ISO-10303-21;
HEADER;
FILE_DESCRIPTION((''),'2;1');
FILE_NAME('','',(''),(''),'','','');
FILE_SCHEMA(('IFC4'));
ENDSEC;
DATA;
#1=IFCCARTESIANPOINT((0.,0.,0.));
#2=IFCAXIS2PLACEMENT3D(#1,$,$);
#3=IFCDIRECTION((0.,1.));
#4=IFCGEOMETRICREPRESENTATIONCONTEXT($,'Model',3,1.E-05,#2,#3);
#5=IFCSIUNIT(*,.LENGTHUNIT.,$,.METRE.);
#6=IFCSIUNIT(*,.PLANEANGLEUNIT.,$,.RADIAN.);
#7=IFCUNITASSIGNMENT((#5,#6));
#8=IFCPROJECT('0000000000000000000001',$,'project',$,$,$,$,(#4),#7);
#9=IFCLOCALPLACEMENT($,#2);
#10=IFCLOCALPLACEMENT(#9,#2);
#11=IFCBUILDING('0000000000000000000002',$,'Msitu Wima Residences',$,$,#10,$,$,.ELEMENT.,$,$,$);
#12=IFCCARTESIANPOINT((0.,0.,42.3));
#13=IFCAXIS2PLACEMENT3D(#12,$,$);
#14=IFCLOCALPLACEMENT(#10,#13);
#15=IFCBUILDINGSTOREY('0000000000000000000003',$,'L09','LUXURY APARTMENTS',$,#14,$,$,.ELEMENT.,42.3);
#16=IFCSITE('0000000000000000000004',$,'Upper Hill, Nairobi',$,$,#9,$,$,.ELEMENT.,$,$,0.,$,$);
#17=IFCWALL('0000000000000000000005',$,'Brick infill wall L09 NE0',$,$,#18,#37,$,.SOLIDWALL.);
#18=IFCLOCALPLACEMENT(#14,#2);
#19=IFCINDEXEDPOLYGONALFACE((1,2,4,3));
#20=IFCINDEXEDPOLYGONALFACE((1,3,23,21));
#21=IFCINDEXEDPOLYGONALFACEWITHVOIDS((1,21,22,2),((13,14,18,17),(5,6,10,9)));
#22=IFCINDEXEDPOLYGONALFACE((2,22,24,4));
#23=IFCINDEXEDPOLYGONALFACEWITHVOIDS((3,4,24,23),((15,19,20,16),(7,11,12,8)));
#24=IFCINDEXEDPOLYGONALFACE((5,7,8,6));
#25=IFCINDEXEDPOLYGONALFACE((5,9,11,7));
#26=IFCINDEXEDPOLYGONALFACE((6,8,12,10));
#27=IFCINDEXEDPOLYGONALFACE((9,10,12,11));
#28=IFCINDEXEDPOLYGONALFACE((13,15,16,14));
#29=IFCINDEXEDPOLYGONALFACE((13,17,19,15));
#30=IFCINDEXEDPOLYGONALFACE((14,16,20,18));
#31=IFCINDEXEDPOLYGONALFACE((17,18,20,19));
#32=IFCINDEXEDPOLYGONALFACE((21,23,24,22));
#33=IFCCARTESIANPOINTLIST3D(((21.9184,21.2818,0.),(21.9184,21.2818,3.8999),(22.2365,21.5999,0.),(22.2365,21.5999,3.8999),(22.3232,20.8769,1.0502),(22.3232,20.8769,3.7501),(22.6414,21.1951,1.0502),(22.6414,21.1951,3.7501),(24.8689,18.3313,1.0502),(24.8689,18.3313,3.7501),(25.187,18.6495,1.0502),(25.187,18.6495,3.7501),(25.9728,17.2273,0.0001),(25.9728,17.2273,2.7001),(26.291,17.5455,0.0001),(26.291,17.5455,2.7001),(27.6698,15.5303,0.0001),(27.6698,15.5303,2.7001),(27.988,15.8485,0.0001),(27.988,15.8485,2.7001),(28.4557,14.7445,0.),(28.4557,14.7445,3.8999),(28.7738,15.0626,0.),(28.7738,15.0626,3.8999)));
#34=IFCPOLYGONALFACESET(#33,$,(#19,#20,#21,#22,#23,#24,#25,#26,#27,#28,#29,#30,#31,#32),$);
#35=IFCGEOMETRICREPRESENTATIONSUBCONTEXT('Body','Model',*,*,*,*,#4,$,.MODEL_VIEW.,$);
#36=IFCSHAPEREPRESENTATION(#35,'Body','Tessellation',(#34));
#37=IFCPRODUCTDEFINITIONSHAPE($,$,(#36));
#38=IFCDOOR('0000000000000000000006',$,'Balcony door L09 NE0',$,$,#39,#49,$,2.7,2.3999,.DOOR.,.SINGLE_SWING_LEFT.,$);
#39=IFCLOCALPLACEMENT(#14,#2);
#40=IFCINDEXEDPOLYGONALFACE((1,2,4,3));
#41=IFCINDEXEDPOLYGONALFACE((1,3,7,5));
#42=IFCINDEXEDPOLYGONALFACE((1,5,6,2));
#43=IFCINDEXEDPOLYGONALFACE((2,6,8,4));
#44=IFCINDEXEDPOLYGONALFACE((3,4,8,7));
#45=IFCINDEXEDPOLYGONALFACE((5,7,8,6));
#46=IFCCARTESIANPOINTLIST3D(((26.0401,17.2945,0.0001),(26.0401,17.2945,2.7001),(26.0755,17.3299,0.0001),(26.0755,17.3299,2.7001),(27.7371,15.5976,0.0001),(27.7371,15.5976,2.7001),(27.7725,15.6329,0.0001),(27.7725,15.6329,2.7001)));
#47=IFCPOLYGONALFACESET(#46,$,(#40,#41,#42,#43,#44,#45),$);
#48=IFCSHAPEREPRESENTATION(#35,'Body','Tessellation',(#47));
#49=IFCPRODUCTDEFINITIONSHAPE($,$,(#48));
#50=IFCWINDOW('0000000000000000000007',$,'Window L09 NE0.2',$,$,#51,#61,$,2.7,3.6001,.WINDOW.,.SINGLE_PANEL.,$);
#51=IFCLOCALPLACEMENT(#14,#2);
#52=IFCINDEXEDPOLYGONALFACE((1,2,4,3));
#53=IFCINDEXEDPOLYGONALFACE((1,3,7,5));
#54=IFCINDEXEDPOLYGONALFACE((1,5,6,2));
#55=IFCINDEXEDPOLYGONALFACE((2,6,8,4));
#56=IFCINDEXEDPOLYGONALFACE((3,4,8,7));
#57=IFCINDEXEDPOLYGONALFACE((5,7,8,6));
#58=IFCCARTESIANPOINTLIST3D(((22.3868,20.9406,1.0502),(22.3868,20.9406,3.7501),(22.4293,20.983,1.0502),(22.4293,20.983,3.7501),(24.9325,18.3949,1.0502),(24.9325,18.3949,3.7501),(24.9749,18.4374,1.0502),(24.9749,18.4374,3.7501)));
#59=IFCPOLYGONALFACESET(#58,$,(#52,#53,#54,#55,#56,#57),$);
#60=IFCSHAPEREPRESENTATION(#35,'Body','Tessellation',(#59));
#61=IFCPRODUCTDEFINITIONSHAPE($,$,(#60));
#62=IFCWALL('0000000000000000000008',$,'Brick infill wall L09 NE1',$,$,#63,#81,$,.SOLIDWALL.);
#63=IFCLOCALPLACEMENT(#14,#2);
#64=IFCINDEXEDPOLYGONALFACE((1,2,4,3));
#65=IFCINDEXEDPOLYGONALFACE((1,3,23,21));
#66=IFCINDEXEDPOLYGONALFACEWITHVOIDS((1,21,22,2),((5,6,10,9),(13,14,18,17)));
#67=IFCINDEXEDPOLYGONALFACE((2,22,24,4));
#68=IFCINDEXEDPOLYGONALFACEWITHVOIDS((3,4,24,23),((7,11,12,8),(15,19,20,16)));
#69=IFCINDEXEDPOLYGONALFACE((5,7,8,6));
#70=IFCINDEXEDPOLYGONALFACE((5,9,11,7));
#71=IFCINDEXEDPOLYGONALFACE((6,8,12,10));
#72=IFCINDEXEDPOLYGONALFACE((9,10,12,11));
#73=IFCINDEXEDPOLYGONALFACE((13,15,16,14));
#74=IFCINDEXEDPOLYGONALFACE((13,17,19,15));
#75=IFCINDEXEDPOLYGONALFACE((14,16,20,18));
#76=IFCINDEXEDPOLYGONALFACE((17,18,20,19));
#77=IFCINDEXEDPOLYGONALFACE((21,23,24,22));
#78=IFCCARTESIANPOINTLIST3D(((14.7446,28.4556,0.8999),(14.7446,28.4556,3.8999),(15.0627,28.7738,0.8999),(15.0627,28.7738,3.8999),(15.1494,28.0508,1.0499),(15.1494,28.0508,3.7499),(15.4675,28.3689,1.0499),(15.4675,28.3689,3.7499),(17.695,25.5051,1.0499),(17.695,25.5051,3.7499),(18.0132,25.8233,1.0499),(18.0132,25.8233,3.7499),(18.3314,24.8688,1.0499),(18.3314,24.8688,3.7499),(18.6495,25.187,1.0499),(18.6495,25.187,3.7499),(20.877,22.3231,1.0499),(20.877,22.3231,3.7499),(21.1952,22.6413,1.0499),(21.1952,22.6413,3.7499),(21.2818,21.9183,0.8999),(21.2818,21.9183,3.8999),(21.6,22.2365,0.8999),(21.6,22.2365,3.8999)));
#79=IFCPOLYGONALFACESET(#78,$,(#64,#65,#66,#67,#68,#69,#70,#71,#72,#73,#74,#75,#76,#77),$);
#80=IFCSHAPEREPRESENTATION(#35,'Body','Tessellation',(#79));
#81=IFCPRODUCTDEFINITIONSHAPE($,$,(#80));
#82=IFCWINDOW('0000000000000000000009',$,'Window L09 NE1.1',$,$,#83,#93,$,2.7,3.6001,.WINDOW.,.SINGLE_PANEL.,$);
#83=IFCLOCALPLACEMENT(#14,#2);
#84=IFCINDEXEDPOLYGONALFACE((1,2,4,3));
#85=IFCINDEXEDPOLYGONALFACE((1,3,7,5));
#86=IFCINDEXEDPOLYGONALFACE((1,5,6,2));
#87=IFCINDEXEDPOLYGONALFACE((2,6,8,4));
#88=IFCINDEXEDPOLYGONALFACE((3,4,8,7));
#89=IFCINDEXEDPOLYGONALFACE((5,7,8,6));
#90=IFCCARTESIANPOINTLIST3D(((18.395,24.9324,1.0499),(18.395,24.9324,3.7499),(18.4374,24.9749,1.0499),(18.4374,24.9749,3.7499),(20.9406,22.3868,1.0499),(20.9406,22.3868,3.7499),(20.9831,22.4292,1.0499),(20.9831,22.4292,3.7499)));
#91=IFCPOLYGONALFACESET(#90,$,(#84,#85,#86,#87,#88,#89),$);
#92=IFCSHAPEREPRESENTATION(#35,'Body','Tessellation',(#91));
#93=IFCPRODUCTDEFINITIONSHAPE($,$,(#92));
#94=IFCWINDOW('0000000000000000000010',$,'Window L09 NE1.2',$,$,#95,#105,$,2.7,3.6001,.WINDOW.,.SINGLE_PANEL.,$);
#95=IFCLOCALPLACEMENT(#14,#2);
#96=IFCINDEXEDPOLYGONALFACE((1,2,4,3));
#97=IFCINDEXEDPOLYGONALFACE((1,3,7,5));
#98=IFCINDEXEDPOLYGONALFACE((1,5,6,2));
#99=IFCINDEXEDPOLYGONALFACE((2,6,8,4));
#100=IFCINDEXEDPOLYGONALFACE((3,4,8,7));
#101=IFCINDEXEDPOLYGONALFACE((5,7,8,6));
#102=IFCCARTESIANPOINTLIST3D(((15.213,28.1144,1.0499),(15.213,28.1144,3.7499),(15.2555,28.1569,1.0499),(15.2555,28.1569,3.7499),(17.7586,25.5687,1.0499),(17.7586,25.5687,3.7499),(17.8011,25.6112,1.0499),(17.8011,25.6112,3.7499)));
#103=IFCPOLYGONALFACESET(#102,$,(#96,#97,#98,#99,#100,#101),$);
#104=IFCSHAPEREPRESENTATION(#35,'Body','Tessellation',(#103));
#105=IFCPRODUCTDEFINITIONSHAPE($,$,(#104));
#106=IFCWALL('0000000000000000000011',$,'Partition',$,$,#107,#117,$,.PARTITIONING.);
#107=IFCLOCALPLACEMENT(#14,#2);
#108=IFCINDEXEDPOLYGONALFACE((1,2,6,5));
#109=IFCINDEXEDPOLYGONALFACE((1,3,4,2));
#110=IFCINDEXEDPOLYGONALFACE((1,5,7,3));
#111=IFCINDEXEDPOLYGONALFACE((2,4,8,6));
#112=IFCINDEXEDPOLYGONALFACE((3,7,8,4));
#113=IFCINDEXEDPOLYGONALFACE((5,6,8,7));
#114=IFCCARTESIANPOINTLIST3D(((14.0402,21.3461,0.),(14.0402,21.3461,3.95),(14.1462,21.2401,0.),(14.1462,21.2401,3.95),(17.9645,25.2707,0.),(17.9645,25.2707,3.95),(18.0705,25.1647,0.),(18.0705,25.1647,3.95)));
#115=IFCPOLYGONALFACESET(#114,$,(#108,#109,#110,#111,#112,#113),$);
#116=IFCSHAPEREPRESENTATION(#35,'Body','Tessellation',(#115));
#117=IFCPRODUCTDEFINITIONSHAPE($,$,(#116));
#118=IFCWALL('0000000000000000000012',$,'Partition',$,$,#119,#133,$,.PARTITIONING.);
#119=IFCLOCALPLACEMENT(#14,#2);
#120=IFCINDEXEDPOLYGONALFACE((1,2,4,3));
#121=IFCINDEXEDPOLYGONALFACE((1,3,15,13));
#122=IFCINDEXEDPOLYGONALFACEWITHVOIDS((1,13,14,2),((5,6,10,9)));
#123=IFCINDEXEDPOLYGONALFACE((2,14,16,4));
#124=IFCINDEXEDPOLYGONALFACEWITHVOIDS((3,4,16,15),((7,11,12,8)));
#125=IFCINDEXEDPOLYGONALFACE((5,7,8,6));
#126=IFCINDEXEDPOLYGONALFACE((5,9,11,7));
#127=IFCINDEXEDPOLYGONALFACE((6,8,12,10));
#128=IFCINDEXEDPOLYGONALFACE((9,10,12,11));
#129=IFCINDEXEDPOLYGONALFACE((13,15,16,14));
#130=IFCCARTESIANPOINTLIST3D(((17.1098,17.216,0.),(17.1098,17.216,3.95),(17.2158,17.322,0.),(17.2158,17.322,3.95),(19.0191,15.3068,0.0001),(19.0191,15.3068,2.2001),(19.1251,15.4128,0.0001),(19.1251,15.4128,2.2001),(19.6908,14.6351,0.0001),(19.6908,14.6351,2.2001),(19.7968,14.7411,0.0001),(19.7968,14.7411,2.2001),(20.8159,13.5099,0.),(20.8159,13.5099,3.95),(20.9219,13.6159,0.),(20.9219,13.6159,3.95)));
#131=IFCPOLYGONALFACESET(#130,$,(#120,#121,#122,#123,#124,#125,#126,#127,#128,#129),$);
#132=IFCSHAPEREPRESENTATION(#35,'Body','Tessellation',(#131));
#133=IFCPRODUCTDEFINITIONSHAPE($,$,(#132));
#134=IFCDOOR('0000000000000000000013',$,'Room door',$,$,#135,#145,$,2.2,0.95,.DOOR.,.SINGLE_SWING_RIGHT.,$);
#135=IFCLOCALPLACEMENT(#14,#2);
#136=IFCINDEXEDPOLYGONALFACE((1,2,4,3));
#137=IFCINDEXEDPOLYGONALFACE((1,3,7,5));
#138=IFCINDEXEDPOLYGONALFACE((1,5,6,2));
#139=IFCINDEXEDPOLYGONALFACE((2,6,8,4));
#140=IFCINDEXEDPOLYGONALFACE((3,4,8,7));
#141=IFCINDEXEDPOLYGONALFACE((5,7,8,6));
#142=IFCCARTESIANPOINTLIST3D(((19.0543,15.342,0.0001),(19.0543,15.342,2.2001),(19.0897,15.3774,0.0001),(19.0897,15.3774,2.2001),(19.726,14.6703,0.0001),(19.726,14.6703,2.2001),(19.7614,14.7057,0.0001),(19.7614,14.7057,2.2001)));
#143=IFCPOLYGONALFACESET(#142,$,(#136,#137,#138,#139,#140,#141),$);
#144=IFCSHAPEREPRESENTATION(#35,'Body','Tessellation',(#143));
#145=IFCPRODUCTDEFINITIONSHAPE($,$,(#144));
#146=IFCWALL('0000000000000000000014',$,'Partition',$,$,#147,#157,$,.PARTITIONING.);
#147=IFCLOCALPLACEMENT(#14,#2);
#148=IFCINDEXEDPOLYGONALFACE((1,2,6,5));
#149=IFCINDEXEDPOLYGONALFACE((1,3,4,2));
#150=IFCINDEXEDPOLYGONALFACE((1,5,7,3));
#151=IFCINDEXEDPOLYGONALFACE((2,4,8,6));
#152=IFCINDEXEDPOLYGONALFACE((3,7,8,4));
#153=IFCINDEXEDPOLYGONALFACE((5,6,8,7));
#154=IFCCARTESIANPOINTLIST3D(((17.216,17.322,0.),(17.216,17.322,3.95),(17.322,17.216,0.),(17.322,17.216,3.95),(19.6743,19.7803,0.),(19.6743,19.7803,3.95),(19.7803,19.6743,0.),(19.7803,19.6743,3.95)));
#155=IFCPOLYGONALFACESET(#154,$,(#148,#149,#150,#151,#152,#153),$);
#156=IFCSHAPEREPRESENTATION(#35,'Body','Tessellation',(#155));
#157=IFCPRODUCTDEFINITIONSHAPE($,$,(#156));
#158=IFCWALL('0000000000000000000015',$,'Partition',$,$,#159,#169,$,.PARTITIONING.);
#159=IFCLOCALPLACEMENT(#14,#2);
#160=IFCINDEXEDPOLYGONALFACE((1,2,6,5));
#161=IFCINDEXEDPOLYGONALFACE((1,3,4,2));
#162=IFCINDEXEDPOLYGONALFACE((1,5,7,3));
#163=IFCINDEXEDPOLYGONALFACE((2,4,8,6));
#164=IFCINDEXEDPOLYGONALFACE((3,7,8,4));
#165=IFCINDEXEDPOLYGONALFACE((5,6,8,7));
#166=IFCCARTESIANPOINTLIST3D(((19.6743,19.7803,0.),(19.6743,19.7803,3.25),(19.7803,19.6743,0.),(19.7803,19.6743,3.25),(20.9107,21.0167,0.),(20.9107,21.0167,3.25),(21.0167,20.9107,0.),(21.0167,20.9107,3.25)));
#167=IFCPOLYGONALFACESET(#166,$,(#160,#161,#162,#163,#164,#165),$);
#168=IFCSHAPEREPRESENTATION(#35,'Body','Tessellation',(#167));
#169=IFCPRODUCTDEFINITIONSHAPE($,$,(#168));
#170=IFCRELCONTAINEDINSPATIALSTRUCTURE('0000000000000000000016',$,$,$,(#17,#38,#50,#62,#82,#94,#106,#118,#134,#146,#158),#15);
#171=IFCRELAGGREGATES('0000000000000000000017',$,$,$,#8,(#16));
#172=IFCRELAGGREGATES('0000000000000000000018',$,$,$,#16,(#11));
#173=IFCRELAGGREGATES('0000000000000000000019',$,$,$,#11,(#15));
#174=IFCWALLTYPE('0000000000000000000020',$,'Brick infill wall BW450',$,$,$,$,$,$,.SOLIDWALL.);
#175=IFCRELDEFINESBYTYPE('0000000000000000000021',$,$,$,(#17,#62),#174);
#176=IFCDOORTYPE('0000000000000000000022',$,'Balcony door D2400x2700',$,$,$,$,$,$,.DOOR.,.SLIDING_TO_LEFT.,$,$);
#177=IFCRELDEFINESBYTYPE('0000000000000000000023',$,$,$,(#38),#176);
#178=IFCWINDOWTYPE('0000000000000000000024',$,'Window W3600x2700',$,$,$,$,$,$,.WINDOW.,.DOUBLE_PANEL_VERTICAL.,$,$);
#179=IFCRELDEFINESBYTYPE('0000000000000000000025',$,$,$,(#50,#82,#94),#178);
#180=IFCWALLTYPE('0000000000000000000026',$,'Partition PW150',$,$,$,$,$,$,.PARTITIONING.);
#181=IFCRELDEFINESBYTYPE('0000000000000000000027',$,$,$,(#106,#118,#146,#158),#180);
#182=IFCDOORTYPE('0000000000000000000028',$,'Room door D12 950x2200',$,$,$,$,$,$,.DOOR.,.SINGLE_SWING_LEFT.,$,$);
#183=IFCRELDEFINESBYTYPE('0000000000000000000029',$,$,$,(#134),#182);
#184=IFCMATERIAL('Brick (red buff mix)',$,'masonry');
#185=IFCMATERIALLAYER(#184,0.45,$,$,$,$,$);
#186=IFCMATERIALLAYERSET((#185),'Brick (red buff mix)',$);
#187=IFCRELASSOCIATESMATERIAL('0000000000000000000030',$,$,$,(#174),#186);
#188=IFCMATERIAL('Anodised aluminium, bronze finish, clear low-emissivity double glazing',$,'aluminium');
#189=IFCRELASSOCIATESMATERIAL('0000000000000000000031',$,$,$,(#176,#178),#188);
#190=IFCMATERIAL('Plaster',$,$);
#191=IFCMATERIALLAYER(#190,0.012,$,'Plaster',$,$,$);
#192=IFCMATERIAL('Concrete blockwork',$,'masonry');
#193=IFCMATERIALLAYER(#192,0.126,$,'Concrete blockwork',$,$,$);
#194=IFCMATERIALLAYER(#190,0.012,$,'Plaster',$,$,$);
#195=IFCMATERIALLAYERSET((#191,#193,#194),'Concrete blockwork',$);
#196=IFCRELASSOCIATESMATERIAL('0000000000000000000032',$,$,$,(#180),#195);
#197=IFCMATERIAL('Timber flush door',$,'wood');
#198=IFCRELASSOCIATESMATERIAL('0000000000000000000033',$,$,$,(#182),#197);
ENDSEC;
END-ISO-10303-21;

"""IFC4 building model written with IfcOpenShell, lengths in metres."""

from ifc_helpers import new_model, si_unit, direction, frame, frame_2d, origin, place, context, subcontext, project, spatial, rectangle, extrude, material, layer, layer_set, type_object, element, fill, save


model = new_model("IFC4")

# Units and contexts
model_context = context("Model", 3, precision=1e-05, world=origin(), true_north=direction((0.0, 1.0)))
body_context = subcontext(model_context, "Body", "Model", "MODEL_VIEW")
ifc_project = project(units=[si_unit("LENGTHUNIT", "METRE"), si_unit("PLANEANGLEUNIT", "RADIAN")], contexts=[model_context])

# Site, building, storey
site_placement = place(None, origin())
site = spatial("IfcSite", under=ifc_project, at=site_placement, Name="Upper Hill, Nairobi", CompositionType="ELEMENT", RefElevation=0.0)
building_placement = place(site_placement, origin())
building = spatial("IfcBuilding", under=site, at=building_placement, Name="Msitu Wima Residences", CompositionType="ELEMENT")
storey_placement = place(building_placement, frame((0.0, 0.0, 42.3)))
storey = spatial("IfcBuildingStorey", under=building, at=storey_placement, Name="L09", Description="LUXURY APARTMENTS", CompositionType="ELEMENT", Elevation=42.3)

# Wall, openings, door, window
ifc_material_1 = material(Name="Brick (red buff mix)", Category="masonry")
ifc_layer_1 = layer(ifc_material_1, 0.45)
ifc_layer_set_1 = layer_set([ifc_layer_1], Name="Brick (red buff mix)")
wall_type_1 = type_object("IfcWallType", Name="Brick infill wall BW450", PredefinedType="SOLIDWALL", material=ifc_layer_set_1)
wall_1_placement = place(storey_placement, frame((28.6147, 14.9036, 0.0), z_axis=(0.0, 0.0, 1.0), x_axis=(-0.707107, 0.707107, 0.0)))
wall_1 = element("IfcWall", 1, at=wall_1_placement, inside=storey, type_object=wall_type_1, Name="Brick infill wall L09 NE0", PredefinedType="SOLIDWALL", context=body_context, shape_type="SweptSolid", body=[
    extrude(rectangle(XDim=9.2451, YDim=0.45, at=frame_2d((4.6226, 0.0))), origin(), (0.0, 0.0, 1.0), 3.8999),
])
opening_1_placement = place(wall_1_placement, frame((1.1113, 0.0, 0.0)))
opening_1 = element("IfcOpeningElement", 2, at=opening_1_placement, cuts=wall_1, PredefinedType="OPENING", context=body_context, shape_type="SweptSolid", body=[
    extrude(rectangle(XDim=2.3999, YDim=2.7, at=frame_2d((1.2, 1.3501))), frame((0.0, 0.2349, 0.0), z_axis=(0.0, -1.0, 0.0), x_axis=(1.0, 0.0, 0.0)), (0.0, 0.0, 1.0), 0.47),
])
opening_2_placement = place(wall_1_placement, frame((5.0725, 0.0, 1.05)))
opening_2 = element("IfcOpeningElement", 3, at=opening_2_placement, cuts=wall_1, PredefinedType="OPENING", context=body_context, shape_type="SweptSolid", body=[
    extrude(rectangle(XDim=3.6001, YDim=2.7, at=frame_2d((1.8, 1.3501))), frame((0.0, 0.2349, 0.0), z_axis=(0.0, -1.0, 0.0), x_axis=(1.0, 0.0, 0.0)), (0.0, 0.0, 1.0), 0.47),
])
ifc_material_2 = material(Name="Anodised aluminium, bronze finish, clear low-emissivity double glazing", Category="aluminium")
door_type_1 = type_object("IfcDoorType", Name="Balcony door D2400x2700", OperationType="SLIDING_TO_LEFT", PredefinedType="DOOR", material=ifc_material_2)
door_1_placement = place(opening_1_placement, origin())
door_1 = element("IfcDoor", 4, at=door_1_placement, inside=storey, type_object=door_type_1, Name="Balcony door L09 NE0", OperationType="SINGLE_SWING_LEFT", OverallHeight=2.7, OverallWidth=2.3999, PredefinedType="DOOR", context=body_context, shape_type="SweptSolid", body=[
    extrude(rectangle(XDim=2.3999, YDim=2.7, at=frame_2d((1.2, 1.3501))), frame((0.0, 0.1299, 0.0), z_axis=(0.0, -1.0, 0.0), x_axis=(1.0, 0.0, 0.0)), (0.0, 0.0, 1.0), 0.05),
])
fill(opening_1, door_1)
window_type = type_object("IfcWindowType", Name="Window W3600x2700", PartitioningType="DOUBLE_PANEL_VERTICAL", PredefinedType="WINDOW", material=ifc_material_2)
window_1_placement = place(opening_2_placement, origin())
window_1 = element("IfcWindow", 5, at=window_1_placement, inside=storey, type_object=window_type, Name="Window L09 NE0.2", OverallHeight=2.7, OverallWidth=3.6001, PartitioningType="SINGLE_PANEL", PredefinedType="WINDOW", context=body_context, shape_type="SweptSolid", body=[
    extrude(rectangle(XDim=3.6001, YDim=2.7, at=frame_2d((1.8, 1.3501))), frame((0.0, 0.135, 0.0), z_axis=(0.0, -1.0, 0.0), x_axis=(1.0, 0.0, 0.0)), (0.0, 0.0, 1.0), 0.0601),
])
fill(opening_2, window_1)

# Wall, openings, windows
wall_2_placement = place(storey_placement, frame((21.4409, 22.0774, 0.8999), z_axis=(0.0, 0.0, 1.0), x_axis=(-0.707107, 0.707107, 0.0)))
wall_2 = element("IfcWall", 6, at=wall_2_placement, inside=storey, type_object=wall_type_1, Name="Brick infill wall L09 NE1", PredefinedType="SOLIDWALL", context=body_context, shape_type="SweptSolid", body=[
    extrude(rectangle(XDim=9.2451, YDim=0.45, at=frame_2d((4.6226, 0.0))), origin(), (0.0, 0.0, 1.0), 3.0),
])
opening_3_placement = place(wall_2_placement, frame((0.5725, 0.0, 0.1499)))
opening_3 = element("IfcOpeningElement", 7, at=opening_3_placement, cuts=wall_2, PredefinedType="OPENING", context=body_context, shape_type="SweptSolid", body=[
    extrude(rectangle(XDim=3.6001, YDim=2.7, at=frame_2d((1.8, 1.3501))), frame((0.0, 0.2349, 0.0), z_axis=(0.0, -1.0, 0.0), x_axis=(1.0, 0.0, 0.0)), (0.0, 0.0, 1.0), 0.47),
])
opening_4_placement = place(wall_2_placement, frame((5.0725, 0.0, 0.1499)))
opening_4 = element("IfcOpeningElement", 8, at=opening_4_placement, cuts=wall_2, PredefinedType="OPENING", context=body_context, shape_type="SweptSolid", body=[
    extrude(rectangle(XDim=3.6001, YDim=2.7, at=frame_2d((1.8, 1.3501))), frame((0.0, 0.2349, 0.0), z_axis=(0.0, -1.0, 0.0), x_axis=(1.0, 0.0, 0.0)), (0.0, 0.0, 1.0), 0.47),
])
window_2_placement = place(opening_3_placement, origin())
window_2 = element("IfcWindow", 9, at=window_2_placement, inside=storey, type_object=window_type, Name="Window L09 NE1.1", OverallHeight=2.7, OverallWidth=3.6001, PartitioningType="SINGLE_PANEL", PredefinedType="WINDOW", context=body_context, shape_type="SweptSolid", body=[
    extrude(rectangle(XDim=3.6001, YDim=2.7, at=frame_2d((1.8, 1.3501))), frame((0.0, 0.135, 0.0), z_axis=(0.0, -1.0, 0.0), x_axis=(1.0, 0.0, 0.0)), (0.0, 0.0, 1.0), 0.0601),
])
fill(opening_3, window_2)
window_3_placement = place(opening_4_placement, origin())
window_3 = element("IfcWindow", 10, at=window_3_placement, inside=storey, type_object=window_type, Name="Window L09 NE1.2", OverallHeight=2.7, OverallWidth=3.6001, PartitioningType="SINGLE_PANEL", PredefinedType="WINDOW", context=body_context, shape_type="SweptSolid", body=[
    extrude(rectangle(XDim=3.6001, YDim=2.7, at=frame_2d((1.8, 1.3501))), frame((0.0, 0.135, 0.0), z_axis=(0.0, -1.0, 0.0), x_axis=(1.0, 0.0, 0.0)), (0.0, 0.0, 1.0), 0.0601),
])
fill(opening_4, window_3)

# Wall
ifc_material_3 = material(Name="Plaster")
ifc_layer_2 = layer(ifc_material_3, 0.012, Name="Plaster")
ifc_material_4 = material(Name="Concrete blockwork", Category="masonry")
ifc_layer_3 = layer(ifc_material_4, 0.126, Name="Concrete blockwork")
ifc_layer_4 = layer(ifc_material_3, 0.012, Name="Plaster")
ifc_layer_set_2 = layer_set([ifc_layer_2, ifc_layer_3, ifc_layer_4], Name="Concrete blockwork")
wall_type_2 = type_object("IfcWallType", Name="Partition PW150", PredefinedType="PARTITIONING", material=ifc_layer_set_2)
wall_3_placement = place(storey_placement, frame((14.0933, 21.2932, 0.0), z_axis=(0.0, 0.0, 1.0), x_axis=(0.707085, 0.707129, 0.0)))
element("IfcWall", 11, at=wall_3_placement, inside=storey, type_object=wall_type_2, Name="Partition", PredefinedType="PARTITIONING", context=body_context, shape_type="SweptSolid", body=[
    extrude(rectangle(XDim=5.55, YDim=0.1499, at=frame_2d((2.7749, 0.0))), origin(), (0.0, 0.0, 1.0), 3.95),
])

# Wall, opening, door
wall_4_placement = place(storey_placement, frame((17.1628, 17.269, 0.0), z_axis=(0.0, 0.0, 1.0), x_axis=(0.707107, -0.707107, 0.0)))
wall_4 = element("IfcWall", 12, at=wall_4_placement, inside=storey, type_object=wall_type_2, Name="Partition", PredefinedType="PARTITIONING", context=body_context, shape_type="SweptSolid", body=[
    extrude(rectangle(XDim=5.2412, YDim=0.1499, at=frame_2d((2.6206, 0.0))), origin(), (0.0, 0.0, 1.0), 3.95),
])
opening_5_placement = place(wall_4_placement, frame((2.7, 0.0, 0.0)))
opening_5 = element("IfcOpeningElement", 13, at=opening_5_placement, cuts=wall_4, PredefinedType="OPENING", context=body_context, shape_type="SweptSolid", body=[
    extrude(rectangle(XDim=0.95, YDim=2.2, at=frame_2d((0.4751, 1.1001))), frame((0.0, 0.085, 0.0), z_axis=(0.0, -1.0, 0.0), x_axis=(1.0, 0.0, 0.0)), (0.0, 0.0, 1.0), 0.1699),
])
ifc_material_5 = material(Name="Timber flush door", Category="wood")
door_type_2 = type_object("IfcDoorType", Name="Room door D12 950x2200", OperationType="SINGLE_SWING_LEFT", PredefinedType="DOOR", material=ifc_material_5)
door_2_placement = place(opening_5_placement, origin())
door_2 = element("IfcDoor", 14, at=door_2_placement, inside=storey, type_object=door_type_2, Name="Room door", OperationType="SINGLE_SWING_RIGHT", OverallHeight=2.2, OverallWidth=0.95, PredefinedType="DOOR", context=body_context, shape_type="SweptSolid", body=[
    extrude(rectangle(XDim=0.95, YDim=2.2, at=frame_2d((0.4751, 1.1001))), frame((0.0, 0.0249, 0.0), z_axis=(0.0, -1.0, 0.0), x_axis=(1.0, 0.0, 0.0)), (0.0, 0.0, 1.0), 0.05),
])
fill(opening_5, door_2)

# Walls
wall_5_placement = place(storey_placement, frame((17.269, 17.269, 0.0), z_axis=(0.0, 0.0, 1.0), x_axis=(0.707107, 0.707107, 0.0)))
element("IfcWall", 15, at=wall_5_placement, inside=storey, type_object=wall_type_2, Name="Partition", PredefinedType="PARTITIONING", context=body_context, shape_type="SweptSolid", body=[
    extrude(rectangle(XDim=3.4766, YDim=0.1499, at=frame_2d((1.7383, 0.0))), origin(), (0.0, 0.0, 1.0), 3.95),
])
wall_6_placement = place(storey_placement, frame((19.7273, 19.7273, 0.0), z_axis=(0.0, 0.0, 1.0), x_axis=(0.707107, 0.707107, 0.0)))
element("IfcWall", 16, at=wall_6_placement, inside=storey, type_object=wall_type_2, Name="Partition", PredefinedType="PARTITIONING", context=body_context, shape_type="SweptSolid", body=[
    extrude(rectangle(XDim=1.7485, YDim=0.1499, at=frame_2d((0.8743, 0.0))), origin(), (0.0, 0.0, 1.0), 3.25),
])

save(model, "model.ifc")
